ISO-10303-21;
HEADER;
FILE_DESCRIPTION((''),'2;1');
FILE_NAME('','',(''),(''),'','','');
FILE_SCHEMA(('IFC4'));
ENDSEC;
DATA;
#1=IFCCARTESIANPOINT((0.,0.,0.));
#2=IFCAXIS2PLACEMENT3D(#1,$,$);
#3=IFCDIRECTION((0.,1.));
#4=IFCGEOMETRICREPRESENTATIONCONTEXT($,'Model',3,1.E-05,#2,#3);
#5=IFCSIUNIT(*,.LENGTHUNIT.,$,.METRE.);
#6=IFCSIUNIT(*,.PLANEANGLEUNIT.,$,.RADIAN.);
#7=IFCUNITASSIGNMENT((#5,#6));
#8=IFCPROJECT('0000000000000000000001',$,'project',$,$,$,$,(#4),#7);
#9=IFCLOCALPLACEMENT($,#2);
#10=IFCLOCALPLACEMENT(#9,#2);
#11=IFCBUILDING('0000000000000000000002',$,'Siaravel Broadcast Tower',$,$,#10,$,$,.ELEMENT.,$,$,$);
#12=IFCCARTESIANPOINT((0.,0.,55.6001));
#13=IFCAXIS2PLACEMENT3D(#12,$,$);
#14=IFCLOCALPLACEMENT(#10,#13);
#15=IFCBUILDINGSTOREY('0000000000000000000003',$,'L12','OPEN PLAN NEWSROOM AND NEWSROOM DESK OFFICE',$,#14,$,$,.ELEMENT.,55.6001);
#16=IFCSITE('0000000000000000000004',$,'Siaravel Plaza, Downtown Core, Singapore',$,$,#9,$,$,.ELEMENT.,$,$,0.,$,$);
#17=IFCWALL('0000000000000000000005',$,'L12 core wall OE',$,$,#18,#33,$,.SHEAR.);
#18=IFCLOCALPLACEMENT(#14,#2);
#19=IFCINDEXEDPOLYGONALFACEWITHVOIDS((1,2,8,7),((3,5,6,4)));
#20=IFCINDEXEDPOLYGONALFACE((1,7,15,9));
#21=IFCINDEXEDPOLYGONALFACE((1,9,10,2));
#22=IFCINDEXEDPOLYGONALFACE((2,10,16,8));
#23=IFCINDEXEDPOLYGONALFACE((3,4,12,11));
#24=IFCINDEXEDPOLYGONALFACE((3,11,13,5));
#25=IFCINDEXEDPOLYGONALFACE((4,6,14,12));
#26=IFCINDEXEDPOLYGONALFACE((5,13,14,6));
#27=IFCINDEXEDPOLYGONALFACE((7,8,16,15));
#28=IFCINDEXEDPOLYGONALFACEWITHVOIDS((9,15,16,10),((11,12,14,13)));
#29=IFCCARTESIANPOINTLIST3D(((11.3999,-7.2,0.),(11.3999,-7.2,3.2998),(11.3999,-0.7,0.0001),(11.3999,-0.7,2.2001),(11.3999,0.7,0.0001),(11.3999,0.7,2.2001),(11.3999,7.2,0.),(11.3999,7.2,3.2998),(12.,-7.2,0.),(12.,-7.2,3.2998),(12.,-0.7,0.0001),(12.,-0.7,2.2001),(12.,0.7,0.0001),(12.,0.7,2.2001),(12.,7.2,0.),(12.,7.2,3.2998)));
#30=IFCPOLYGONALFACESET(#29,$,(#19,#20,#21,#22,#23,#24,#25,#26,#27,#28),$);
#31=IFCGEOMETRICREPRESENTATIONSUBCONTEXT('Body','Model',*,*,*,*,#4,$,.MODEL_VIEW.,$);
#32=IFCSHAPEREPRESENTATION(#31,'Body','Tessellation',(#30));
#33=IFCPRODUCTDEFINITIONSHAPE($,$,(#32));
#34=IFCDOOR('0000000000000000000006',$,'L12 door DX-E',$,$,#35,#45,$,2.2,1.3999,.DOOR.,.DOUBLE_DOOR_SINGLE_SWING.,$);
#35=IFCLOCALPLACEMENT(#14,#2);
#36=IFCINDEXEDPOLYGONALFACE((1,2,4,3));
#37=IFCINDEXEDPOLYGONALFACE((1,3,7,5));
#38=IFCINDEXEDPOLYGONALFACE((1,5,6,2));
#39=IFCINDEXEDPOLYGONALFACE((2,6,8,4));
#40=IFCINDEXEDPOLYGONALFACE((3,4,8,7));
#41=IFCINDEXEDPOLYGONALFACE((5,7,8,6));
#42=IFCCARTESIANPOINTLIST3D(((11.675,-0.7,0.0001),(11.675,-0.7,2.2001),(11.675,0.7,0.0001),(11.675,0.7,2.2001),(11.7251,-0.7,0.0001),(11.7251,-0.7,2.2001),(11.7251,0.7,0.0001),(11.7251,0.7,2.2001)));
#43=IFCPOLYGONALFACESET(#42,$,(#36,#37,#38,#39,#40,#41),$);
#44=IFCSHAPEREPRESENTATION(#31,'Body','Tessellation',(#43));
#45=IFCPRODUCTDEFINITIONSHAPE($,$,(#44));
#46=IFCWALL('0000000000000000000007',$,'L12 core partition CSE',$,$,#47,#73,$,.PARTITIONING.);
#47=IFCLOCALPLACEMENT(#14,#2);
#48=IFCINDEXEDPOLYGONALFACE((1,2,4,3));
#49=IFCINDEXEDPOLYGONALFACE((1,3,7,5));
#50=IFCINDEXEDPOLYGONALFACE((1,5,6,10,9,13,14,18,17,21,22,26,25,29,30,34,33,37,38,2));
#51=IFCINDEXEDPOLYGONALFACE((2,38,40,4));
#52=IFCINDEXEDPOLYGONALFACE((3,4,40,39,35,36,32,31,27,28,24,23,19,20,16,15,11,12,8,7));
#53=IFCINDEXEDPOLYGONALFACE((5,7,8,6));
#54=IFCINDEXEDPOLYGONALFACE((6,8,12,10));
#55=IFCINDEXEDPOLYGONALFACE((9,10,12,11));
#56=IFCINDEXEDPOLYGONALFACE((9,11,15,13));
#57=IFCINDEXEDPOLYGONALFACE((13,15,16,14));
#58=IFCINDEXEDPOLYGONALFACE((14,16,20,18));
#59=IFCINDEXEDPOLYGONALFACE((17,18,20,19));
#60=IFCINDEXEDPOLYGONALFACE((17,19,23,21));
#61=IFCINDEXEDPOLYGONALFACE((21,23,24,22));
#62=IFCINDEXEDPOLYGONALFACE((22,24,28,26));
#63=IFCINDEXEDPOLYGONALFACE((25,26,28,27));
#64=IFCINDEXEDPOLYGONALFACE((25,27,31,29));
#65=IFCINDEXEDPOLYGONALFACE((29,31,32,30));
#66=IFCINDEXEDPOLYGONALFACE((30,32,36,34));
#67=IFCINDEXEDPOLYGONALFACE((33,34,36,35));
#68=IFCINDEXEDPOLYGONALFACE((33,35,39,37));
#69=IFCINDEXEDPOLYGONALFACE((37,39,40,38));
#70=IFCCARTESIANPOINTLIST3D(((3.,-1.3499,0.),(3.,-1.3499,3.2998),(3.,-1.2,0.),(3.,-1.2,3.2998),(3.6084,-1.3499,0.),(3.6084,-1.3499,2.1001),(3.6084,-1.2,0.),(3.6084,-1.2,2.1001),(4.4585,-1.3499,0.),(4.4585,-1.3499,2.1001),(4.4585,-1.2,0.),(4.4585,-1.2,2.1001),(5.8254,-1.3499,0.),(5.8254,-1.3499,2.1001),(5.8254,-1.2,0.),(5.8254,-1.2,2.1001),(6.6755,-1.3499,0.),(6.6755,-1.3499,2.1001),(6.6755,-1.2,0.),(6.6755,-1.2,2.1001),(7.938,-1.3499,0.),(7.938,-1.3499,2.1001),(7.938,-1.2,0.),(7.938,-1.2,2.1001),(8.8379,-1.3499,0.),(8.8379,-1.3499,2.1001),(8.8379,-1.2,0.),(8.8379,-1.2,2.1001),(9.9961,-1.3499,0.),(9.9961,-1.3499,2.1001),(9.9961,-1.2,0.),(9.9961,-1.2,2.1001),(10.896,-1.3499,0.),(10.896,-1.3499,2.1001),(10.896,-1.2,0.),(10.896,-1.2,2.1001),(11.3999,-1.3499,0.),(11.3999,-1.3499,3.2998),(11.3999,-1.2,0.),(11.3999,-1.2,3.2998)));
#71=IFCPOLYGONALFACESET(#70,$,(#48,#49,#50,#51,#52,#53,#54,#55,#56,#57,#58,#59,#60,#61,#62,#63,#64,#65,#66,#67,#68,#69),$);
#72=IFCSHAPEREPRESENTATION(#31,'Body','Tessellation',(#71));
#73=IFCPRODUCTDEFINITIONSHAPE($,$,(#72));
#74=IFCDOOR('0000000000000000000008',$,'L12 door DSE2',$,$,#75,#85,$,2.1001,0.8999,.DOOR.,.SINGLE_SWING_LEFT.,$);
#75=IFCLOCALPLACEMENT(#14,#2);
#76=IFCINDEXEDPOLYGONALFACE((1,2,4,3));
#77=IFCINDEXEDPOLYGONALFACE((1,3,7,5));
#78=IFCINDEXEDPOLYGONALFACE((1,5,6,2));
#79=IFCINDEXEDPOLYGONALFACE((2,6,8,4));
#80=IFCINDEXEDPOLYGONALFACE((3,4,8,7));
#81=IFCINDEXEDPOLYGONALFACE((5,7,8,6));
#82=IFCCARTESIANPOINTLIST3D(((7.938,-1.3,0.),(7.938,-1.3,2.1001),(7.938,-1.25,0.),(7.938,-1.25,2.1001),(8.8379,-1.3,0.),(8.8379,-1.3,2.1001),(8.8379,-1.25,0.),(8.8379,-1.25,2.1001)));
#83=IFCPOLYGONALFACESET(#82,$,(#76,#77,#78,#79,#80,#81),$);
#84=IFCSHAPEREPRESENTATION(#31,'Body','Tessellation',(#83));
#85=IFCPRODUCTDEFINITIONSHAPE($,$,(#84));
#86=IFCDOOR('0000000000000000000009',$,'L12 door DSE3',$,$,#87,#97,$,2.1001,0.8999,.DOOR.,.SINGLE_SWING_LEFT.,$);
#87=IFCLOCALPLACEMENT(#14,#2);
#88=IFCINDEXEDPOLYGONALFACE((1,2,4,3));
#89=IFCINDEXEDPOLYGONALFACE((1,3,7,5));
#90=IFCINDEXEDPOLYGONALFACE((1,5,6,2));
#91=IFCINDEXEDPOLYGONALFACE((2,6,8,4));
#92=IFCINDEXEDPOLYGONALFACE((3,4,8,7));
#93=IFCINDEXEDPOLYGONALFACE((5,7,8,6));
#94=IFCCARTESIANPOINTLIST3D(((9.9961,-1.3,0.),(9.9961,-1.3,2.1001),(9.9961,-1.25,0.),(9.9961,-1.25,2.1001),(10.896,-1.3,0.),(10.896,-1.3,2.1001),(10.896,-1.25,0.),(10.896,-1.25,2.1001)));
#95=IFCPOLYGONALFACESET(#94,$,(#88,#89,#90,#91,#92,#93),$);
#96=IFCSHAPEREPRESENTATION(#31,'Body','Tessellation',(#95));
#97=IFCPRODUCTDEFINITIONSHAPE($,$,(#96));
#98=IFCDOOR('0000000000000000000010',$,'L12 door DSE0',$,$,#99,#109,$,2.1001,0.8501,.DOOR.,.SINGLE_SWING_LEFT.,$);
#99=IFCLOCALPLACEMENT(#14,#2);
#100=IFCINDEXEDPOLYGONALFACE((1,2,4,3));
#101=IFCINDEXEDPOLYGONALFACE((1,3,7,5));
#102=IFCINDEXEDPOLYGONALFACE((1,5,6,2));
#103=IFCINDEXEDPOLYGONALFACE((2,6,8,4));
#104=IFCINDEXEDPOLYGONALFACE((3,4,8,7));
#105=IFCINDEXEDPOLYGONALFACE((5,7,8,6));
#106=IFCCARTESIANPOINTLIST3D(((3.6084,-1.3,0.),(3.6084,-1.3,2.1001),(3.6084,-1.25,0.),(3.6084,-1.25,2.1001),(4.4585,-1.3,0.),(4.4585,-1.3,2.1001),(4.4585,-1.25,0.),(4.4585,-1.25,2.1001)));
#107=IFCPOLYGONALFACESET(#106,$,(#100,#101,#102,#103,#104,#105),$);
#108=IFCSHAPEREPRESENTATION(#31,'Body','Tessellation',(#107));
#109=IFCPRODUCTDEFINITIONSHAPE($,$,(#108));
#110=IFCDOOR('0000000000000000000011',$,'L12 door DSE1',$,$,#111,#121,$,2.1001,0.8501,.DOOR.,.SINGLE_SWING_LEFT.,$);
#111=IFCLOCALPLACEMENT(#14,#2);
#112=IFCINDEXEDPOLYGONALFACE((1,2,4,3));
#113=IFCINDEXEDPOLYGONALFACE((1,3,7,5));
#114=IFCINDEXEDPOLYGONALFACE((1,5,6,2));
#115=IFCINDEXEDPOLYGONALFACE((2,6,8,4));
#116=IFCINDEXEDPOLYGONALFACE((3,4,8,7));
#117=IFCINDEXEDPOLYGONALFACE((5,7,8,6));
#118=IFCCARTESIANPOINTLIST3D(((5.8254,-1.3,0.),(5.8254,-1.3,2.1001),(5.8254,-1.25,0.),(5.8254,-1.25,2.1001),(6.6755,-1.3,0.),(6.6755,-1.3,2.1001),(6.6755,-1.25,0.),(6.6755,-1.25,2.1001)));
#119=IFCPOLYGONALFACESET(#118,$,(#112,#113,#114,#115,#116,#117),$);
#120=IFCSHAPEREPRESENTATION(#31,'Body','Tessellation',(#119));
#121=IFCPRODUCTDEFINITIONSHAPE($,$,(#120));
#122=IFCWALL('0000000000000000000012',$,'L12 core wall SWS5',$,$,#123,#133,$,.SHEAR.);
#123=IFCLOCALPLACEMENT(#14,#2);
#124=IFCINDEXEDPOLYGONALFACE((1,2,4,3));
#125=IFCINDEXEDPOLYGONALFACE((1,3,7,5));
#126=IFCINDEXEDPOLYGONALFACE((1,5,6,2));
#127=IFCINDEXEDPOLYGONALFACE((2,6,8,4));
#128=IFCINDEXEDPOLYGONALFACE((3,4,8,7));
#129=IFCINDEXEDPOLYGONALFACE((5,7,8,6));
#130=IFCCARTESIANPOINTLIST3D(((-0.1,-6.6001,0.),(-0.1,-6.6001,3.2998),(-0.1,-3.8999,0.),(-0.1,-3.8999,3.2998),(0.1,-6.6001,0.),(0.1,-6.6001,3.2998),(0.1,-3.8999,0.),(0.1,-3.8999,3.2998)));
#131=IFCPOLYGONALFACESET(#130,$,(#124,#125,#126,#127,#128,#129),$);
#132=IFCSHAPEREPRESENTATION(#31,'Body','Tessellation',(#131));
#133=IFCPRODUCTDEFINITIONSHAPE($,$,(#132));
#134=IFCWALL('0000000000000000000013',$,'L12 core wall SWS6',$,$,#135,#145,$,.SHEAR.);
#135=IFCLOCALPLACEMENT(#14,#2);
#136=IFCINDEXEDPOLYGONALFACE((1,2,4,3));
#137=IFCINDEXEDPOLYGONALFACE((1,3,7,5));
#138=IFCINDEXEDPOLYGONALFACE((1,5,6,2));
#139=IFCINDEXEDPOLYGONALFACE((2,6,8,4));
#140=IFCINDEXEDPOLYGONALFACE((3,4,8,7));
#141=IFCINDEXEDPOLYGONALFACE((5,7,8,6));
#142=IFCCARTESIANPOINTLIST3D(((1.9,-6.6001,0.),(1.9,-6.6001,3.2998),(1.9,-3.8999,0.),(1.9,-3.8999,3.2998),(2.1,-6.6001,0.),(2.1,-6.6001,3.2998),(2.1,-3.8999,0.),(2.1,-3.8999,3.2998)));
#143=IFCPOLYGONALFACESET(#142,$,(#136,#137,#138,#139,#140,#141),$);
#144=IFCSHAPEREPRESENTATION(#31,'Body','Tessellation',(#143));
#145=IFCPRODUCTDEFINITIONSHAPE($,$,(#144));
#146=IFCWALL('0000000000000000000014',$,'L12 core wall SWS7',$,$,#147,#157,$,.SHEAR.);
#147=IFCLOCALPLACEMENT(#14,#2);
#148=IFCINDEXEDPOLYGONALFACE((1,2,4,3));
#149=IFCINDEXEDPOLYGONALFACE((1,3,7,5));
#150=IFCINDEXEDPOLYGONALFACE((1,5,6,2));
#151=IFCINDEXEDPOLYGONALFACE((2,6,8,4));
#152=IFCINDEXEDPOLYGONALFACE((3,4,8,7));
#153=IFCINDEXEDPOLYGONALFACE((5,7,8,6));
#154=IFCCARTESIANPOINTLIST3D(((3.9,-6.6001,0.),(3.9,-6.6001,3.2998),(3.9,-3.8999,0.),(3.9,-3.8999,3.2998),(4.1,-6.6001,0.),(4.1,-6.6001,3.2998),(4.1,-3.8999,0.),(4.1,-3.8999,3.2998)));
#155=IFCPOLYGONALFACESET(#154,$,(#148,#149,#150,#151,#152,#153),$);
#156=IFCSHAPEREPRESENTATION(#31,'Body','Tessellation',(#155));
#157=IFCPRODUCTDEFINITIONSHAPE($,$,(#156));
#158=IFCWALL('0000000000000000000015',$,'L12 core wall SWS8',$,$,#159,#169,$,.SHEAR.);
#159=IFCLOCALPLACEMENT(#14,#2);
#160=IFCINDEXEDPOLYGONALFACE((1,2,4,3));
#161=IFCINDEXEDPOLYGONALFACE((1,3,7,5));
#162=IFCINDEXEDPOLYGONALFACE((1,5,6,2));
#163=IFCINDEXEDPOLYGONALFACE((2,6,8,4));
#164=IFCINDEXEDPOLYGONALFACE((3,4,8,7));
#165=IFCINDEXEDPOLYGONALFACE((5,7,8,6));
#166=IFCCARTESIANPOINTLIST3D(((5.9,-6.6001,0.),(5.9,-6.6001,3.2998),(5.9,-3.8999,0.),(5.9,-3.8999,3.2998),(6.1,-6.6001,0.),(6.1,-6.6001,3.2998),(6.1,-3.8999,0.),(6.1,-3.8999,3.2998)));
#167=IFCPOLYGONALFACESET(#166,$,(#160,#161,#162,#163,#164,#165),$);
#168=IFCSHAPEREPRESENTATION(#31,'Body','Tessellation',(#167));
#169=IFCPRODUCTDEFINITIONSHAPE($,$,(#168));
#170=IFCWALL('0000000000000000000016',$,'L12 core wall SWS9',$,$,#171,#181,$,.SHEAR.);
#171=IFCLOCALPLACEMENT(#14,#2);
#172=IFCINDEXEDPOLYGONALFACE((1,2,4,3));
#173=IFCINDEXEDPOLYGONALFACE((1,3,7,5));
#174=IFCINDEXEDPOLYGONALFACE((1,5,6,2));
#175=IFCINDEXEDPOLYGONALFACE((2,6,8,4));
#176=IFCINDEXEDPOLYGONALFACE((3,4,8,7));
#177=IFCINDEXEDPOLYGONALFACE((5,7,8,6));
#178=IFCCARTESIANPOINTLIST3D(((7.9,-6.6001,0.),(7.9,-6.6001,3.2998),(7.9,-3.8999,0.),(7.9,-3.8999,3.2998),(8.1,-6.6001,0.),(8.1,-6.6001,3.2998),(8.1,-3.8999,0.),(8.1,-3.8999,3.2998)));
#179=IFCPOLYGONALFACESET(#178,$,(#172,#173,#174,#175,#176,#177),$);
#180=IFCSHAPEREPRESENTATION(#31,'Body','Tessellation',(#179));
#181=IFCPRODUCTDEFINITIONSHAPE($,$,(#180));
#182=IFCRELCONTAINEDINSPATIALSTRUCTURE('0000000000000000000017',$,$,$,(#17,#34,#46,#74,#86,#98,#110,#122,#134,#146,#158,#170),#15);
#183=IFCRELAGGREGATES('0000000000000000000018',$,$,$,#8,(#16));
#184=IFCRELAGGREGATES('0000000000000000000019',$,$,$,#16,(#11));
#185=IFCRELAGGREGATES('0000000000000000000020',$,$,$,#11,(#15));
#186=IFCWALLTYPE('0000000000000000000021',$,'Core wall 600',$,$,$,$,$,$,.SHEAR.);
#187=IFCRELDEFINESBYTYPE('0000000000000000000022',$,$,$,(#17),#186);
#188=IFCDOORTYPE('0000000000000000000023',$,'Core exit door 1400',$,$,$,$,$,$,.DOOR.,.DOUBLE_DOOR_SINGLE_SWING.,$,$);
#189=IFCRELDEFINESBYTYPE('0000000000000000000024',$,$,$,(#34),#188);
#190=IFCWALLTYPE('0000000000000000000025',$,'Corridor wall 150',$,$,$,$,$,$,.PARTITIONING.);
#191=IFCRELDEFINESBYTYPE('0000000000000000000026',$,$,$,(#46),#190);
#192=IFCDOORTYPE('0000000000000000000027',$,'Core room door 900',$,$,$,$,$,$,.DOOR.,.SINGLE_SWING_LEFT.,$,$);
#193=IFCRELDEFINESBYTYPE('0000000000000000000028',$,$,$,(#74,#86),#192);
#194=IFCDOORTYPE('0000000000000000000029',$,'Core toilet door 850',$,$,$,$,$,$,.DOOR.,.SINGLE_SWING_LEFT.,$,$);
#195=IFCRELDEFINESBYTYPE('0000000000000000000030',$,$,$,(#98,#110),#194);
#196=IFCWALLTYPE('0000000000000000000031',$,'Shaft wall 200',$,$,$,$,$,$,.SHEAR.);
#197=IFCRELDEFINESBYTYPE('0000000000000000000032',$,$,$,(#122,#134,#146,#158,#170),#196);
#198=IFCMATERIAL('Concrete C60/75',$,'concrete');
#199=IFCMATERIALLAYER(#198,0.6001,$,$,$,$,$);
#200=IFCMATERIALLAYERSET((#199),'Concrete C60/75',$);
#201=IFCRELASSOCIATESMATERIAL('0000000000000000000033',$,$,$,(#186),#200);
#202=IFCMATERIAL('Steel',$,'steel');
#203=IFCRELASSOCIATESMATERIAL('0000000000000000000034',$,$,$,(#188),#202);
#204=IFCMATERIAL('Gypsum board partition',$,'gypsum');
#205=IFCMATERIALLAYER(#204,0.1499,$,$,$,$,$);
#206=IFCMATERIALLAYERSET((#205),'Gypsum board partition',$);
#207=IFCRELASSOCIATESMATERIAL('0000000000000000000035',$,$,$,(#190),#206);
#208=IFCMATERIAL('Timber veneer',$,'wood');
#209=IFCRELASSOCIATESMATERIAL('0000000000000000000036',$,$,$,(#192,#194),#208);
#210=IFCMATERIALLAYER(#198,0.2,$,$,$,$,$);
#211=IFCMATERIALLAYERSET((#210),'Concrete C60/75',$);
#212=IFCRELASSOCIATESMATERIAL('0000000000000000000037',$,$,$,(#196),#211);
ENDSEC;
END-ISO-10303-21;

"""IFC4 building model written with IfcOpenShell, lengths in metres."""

from ifc_helpers import new_model, si_unit, direction, frame, frame_2d, origin, place, context, subcontext, project, spatial, rectangle, extrude, material, layer, layer_set, type_object, element, fill, save


model = new_model("IFC4")

# Units and contexts
model_context = context("Model", 3, precision=1e-05, world=origin(), true_north=direction((0.0, 1.0)))
body_context = subcontext(model_context, "Body", "Model", "MODEL_VIEW")
ifc_project = project(units=[si_unit("LENGTHUNIT", "METRE"), si_unit("PLANEANGLEUNIT", "RADIAN")], contexts=[model_context])

# Site, building, storey
site_placement = place(None, origin())
site = spatial("IfcSite", under=ifc_project, at=site_placement, Name="Siaravel Plaza, Downtown Core, Singapore", CompositionType="ELEMENT", RefElevation=0.0)
building_placement = place(site_placement, origin())
building = spatial("IfcBuilding", under=site, at=building_placement, Name="Siaravel Broadcast Tower", CompositionType="ELEMENT")
storey_placement = place(building_placement, frame((0.0, 0.0, 55.6001)))
storey = spatial("IfcBuildingStorey", under=building, at=storey_placement, Name="L12", Description="OPEN PLAN NEWSROOM AND NEWSROOM DESK OFFICE", CompositionType="ELEMENT", Elevation=55.6001)

# Wall, opening, door
ifc_material_1 = material(Name="Concrete C60/75", Category="concrete")
ifc_layer_1 = layer(ifc_material_1, 0.6001)
ifc_layer_set_1 = layer_set([ifc_layer_1], Name="Concrete C60/75")
wall_type_1 = type_object("IfcWallType", Name="Core wall 600", PredefinedType="SHEAR", material=ifc_layer_set_1)
wall_1_placement = place(storey_placement, frame((11.7, -7.2, 0.0), z_axis=(0.0, 0.0, 1.0), x_axis=(0.0, 1.0, 0.0)))
wall_1 = element("IfcWall", 1, at=wall_1_placement, inside=storey, type_object=wall_type_1, Name="L12 core wall OE", PredefinedType="SHEAR", context=body_context, shape_type="SweptSolid", body=[
    extrude(rectangle(XDim=14.3999, YDim=0.6001, at=frame_2d((7.2, 0.0))), origin(), (0.0, 0.0, 1.0), 3.2998),
])
opening_1_placement = place(wall_1_placement, frame((6.5, 0.0, 0.0)))
opening_1 = element("IfcOpeningElement", 2, at=opening_1_placement, cuts=wall_1, PredefinedType="OPENING", context=body_context, shape_type="SweptSolid", body=[
    extrude(rectangle(XDim=1.3999, YDim=2.2, at=frame_2d((0.7, 1.1001))), frame((0.0, 0.3101, 0.0), z_axis=(0.0, -1.0, 0.0), x_axis=(1.0, 0.0, 0.0)), (0.0, 0.0, 1.0), 0.6201),
])
ifc_material_2 = material(Name="Steel", Category="steel")
door_type_1 = type_object("IfcDoorType", Name="Core exit door 1400", OperationType="DOUBLE_DOOR_SINGLE_SWING", PredefinedType="DOOR", material=ifc_material_2)
door_1_placement = place(opening_1_placement, origin())
door_1 = element("IfcDoor", 3, at=door_1_placement, inside=storey, type_object=door_type_1, Name="L12 door DX-E", OperationType="DOUBLE_DOOR_SINGLE_SWING", OverallHeight=2.2, OverallWidth=1.3999, PredefinedType="DOOR", context=body_context, shape_type="SweptSolid", body=[
    extrude(rectangle(XDim=1.3999, YDim=2.2, at=frame_2d((0.7, 1.1001))), frame((0.0, 0.0249, 0.0), z_axis=(0.0, -1.0, 0.0), x_axis=(1.0, 0.0, 0.0)), (0.0, 0.0, 1.0), 0.05),
])
fill(opening_1, door_1)

# Wall, openings, doors
ifc_material_3 = material(Name="Gypsum board partition", Category="gypsum")
ifc_layer_2 = layer(ifc_material_3, 0.1499)
ifc_layer_set_2 = layer_set([ifc_layer_2], Name="Gypsum board partition")
wall_type_2 = type_object("IfcWallType", Name="Corridor wall 150", PredefinedType="PARTITIONING", material=ifc_layer_set_2)
wall_2_placement = place(storey_placement, frame((3.0, -1.2749, 0.0), z_axis=(0.0, 0.0, 1.0), x_axis=(1.0, 0.0, 0.0)))
wall_2 = element("IfcWall", 4, at=wall_2_placement, inside=storey, type_object=wall_type_2, Name="L12 core partition CSE", PredefinedType="PARTITIONING", context=body_context, shape_type="SweptSolid", body=[
    extrude(rectangle(XDim=8.3999, YDim=0.1499, at=frame_2d((4.2, 0.0))), origin(), (0.0, 0.0, 1.0), 3.2998),
])
opening_2_placement = place(wall_2_placement, frame((0.6084, 0.0, 0.0)))
opening_2 = element("IfcOpeningElement", 5, at=opening_2_placement, cuts=wall_2, PredefinedType="OPENING", context=body_context, shape_type="SweptSolid", body=[
    extrude(rectangle(XDim=0.8501, YDim=2.1001, at=frame_2d((0.425, 1.05))), frame((0.0, 0.085, 0.0), z_axis=(0.0, -1.0, 0.0), x_axis=(1.0, 0.0, 0.0)), (0.0, 0.0, 1.0), 0.1699),
])
opening_3_placement = place(wall_2_placement, frame((2.8254, 0.0, 0.0)))
opening_3 = element("IfcOpeningElement", 6, at=opening_3_placement, cuts=wall_2, PredefinedType="OPENING", context=body_context, shape_type="SweptSolid", body=[
    extrude(rectangle(XDim=0.8501, YDim=2.1001, at=frame_2d((0.425, 1.05))), frame((0.0, 0.085, 0.0), z_axis=(0.0, -1.0, 0.0), x_axis=(1.0, 0.0, 0.0)), (0.0, 0.0, 1.0), 0.1699),
])
opening_4_placement = place(wall_2_placement, frame((4.938, 0.0, 0.0)))
opening_4 = element("IfcOpeningElement", 7, at=opening_4_placement, cuts=wall_2, PredefinedType="OPENING", context=body_context, shape_type="SweptSolid", body=[
    extrude(rectangle(XDim=0.8999, YDim=2.1001, at=frame_2d((0.45, 1.05))), frame((0.0, 0.085, 0.0), z_axis=(0.0, -1.0, 0.0), x_axis=(1.0, 0.0, 0.0)), (0.0, 0.0, 1.0), 0.1699),
])
opening_5_placement = place(wall_2_placement, frame((6.9961, 0.0, 0.0)))
opening_5 = element("IfcOpeningElement", 8, at=opening_5_placement, cuts=wall_2, PredefinedType="OPENING", context=body_context, shape_type="SweptSolid", body=[
    extrude(rectangle(XDim=0.8999, YDim=2.1001, at=frame_2d((0.45, 1.05))), frame((0.0, 0.085, 0.0), z_axis=(0.0, -1.0, 0.0), x_axis=(1.0, 0.0, 0.0)), (0.0, 0.0, 1.0), 0.1699),
])
ifc_material_4 = material(Name="Timber veneer", Category="wood")
door_type_2 = type_object("IfcDoorType", Name="Core room door 900", OperationType="SINGLE_SWING_LEFT", PredefinedType="DOOR", material=ifc_material_4)
door_2_placement = place(opening_4_placement, origin())
door_2 = element("IfcDoor", 9, at=door_2_placement, inside=storey, type_object=door_type_2, Name="L12 door DSE2", OperationType="SINGLE_SWING_LEFT", OverallHeight=2.1001, OverallWidth=0.8999, PredefinedType="DOOR", context=body_context, shape_type="SweptSolid", body=[
    extrude(rectangle(XDim=0.8999, YDim=2.1001, at=frame_2d((0.45, 1.05))), frame((0.0, 0.0249, 0.0), z_axis=(0.0, -1.0, 0.0), x_axis=(1.0, 0.0, 0.0)), (0.0, 0.0, 1.0), 0.05),
])
fill(opening_4, door_2)
door_3_placement = place(opening_5_placement, origin())
door_3 = element("IfcDoor", 10, at=door_3_placement, inside=storey, type_object=door_type_2, Name="L12 door DSE3", OperationType="SINGLE_SWING_LEFT", OverallHeight=2.1001, OverallWidth=0.8999, PredefinedType="DOOR", context=body_context, shape_type="SweptSolid", body=[
    extrude(rectangle(XDim=0.8999, YDim=2.1001, at=frame_2d((0.45, 1.05))), frame((0.0, 0.0249, 0.0), z_axis=(0.0, -1.0, 0.0), x_axis=(1.0, 0.0, 0.0)), (0.0, 0.0, 1.0), 0.05),
])
fill(opening_5, door_3)
door_type_3 = type_object("IfcDoorType", Name="Core toilet door 850", OperationType="SINGLE_SWING_LEFT", PredefinedType="DOOR", material=ifc_material_4)
door_4_placement = place(opening_2_placement, origin())
door_4 = element("IfcDoor", 11, at=door_4_placement, inside=storey, type_object=door_type_3, Name="L12 door DSE0", OperationType="SINGLE_SWING_LEFT", OverallHeight=2.1001, OverallWidth=0.8501, PredefinedType="DOOR", context=body_context, shape_type="SweptSolid", body=[
    extrude(rectangle(XDim=0.8501, YDim=2.1001, at=frame_2d((0.425, 1.05))), frame((0.0, 0.0249, 0.0), z_axis=(0.0, -1.0, 0.0), x_axis=(1.0, 0.0, 0.0)), (0.0, 0.0, 1.0), 0.05),
])
fill(opening_2, door_4)
door_5_placement = place(opening_3_placement, origin())
door_5 = element("IfcDoor", 12, at=door_5_placement, inside=storey, type_object=door_type_3, Name="L12 door DSE1", OperationType="SINGLE_SWING_LEFT", OverallHeight=2.1001, OverallWidth=0.8501, PredefinedType="DOOR", context=body_context, shape_type="SweptSolid", body=[
    extrude(rectangle(XDim=0.8501, YDim=2.1001, at=frame_2d((0.425, 1.05))), frame((0.0, 0.0249, 0.0), z_axis=(0.0, -1.0, 0.0), x_axis=(1.0, 0.0, 0.0)), (0.0, 0.0, 1.0), 0.05),
])
fill(opening_3, door_5)

# Walls
ifc_layer_3 = layer(ifc_material_1, 0.2)
ifc_layer_set_3 = layer_set([ifc_layer_3], Name="Concrete C60/75")
wall_type_3 = type_object("IfcWallType", Name="Shaft wall 200", PredefinedType="SHEAR", material=ifc_layer_set_3)
for number, where, z_axis, x_axis, name in (
    (13, (0.0, -6.6001, 0.0), (0.0, 0.0, 1.0), (0.0, 1.0, 0.0), "L12 core wall SWS5"),
    (14, (2.0, -6.6001, 0.0), (0.0, 0.0, 1.0), (0.0, 1.0, 0.0), "L12 core wall SWS6"),
    (15, (4.0, -6.6001, 0.0), (0.0, 0.0, 1.0), (0.0, 1.0, 0.0), "L12 core wall SWS7"),
    (16, (6.0, -6.6001, 0.0), (0.0, 0.0, 1.0), (0.0, 1.0, 0.0), "L12 core wall SWS8"),
    (17, (8.0, -6.6001, 0.0), (0.0, 0.0, 1.0), (0.0, 1.0, 0.0), "L12 core wall SWS9"),
):
    element("IfcWall", number, at=place(storey_placement, frame(where, z_axis=z_axis, x_axis=x_axis)), inside=storey, type_object=wall_type_3, Name=name, PredefinedType="SHEAR", context=body_context, shape_type="SweptSolid", body=[
        extrude(rectangle(XDim=2.7002, YDim=0.2, at=frame_2d((1.3501, 0.0))), origin(), (0.0, 0.0, 1.0), 3.2998),
    ])

save(model, "model.ifc")
